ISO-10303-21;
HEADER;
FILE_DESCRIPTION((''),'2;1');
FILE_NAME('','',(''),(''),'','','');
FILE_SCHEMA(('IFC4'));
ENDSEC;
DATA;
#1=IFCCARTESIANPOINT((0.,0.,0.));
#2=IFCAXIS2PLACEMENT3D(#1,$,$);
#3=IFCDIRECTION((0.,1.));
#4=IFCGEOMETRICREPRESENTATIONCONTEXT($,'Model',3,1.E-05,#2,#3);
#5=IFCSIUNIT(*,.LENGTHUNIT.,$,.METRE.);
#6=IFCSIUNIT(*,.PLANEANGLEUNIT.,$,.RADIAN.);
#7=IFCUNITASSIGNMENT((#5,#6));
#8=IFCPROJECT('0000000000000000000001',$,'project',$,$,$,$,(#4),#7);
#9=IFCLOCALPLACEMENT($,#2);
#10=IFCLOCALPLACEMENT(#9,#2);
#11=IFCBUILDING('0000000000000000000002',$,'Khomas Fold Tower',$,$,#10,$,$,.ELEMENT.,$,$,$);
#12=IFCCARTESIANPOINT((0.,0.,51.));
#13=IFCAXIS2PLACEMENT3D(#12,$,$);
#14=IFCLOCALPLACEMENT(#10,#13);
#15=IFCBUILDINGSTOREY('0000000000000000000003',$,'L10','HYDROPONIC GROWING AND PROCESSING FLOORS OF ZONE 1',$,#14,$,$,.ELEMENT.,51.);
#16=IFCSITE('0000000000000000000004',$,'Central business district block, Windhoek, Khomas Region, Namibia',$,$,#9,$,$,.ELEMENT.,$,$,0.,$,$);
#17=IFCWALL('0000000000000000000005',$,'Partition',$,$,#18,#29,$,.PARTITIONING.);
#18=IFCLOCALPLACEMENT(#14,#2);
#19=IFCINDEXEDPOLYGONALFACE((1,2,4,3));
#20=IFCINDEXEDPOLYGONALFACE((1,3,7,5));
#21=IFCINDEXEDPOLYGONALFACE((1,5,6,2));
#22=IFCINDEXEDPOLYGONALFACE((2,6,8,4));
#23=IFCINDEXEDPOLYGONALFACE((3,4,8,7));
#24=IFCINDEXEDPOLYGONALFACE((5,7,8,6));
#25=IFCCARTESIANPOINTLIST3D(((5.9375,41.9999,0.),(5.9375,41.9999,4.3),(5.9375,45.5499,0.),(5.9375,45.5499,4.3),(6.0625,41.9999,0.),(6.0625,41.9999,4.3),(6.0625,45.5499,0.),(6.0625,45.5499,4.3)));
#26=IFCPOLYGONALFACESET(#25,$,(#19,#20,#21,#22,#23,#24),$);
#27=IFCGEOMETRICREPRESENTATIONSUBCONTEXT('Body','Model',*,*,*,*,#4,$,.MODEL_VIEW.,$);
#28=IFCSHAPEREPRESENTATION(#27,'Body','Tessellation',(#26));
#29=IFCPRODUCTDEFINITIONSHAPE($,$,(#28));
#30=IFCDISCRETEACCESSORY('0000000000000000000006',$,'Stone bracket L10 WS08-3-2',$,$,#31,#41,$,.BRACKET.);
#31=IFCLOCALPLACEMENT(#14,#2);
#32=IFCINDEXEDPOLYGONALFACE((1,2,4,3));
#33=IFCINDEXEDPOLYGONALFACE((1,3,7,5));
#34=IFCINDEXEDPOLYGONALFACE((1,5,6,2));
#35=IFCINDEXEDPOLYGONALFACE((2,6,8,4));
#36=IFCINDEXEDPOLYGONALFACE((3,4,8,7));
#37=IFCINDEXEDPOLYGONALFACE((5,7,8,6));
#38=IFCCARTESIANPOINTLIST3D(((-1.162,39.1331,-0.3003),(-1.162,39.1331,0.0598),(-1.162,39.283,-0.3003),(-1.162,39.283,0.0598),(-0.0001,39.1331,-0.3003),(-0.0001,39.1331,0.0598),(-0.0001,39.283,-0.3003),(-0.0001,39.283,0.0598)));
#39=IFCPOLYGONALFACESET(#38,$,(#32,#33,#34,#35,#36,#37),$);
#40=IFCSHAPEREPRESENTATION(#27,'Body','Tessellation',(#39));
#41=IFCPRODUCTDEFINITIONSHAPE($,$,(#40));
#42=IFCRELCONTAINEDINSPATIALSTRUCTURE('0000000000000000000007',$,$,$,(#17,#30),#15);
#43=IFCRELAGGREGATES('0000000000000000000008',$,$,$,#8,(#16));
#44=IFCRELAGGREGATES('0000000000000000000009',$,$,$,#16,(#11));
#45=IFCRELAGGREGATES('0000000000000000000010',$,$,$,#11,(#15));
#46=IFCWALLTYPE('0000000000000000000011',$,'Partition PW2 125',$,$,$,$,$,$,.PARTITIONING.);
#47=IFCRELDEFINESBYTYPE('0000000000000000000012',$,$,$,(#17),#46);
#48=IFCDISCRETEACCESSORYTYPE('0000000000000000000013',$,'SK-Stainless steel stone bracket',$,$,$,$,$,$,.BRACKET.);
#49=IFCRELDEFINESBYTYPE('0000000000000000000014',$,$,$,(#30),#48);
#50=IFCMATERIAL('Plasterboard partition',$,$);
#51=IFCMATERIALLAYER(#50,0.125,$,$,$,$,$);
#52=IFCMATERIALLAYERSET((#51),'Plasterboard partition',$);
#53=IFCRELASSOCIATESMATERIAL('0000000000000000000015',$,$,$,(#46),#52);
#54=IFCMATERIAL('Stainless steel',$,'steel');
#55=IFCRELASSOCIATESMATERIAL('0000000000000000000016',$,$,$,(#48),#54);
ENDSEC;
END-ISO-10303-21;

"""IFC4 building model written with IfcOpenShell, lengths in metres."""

from ifc_helpers import new_model, si_unit, direction, frame, frame_2d, origin, origin_2d, place, context, subcontext, project, spatial, rectangle, extrude, source, transform, mapped, material, layer, layer_set, type_object, element, save


model = new_model("IFC4")

# Units and contexts
model_context = context("Model", 3, precision=1e-05, world=origin(), true_north=direction((0.0, 1.0)))
body_context = subcontext(model_context, "Body", "Model", "MODEL_VIEW")
ifc_project = project(units=[si_unit("LENGTHUNIT", "METRE"), si_unit("PLANEANGLEUNIT", "RADIAN")], contexts=[model_context])

# Site, building, storey
site_placement = place(None, origin())
site = spatial("IfcSite", under=ifc_project, at=site_placement, Name="Central business district block, Windhoek, Khomas Region, Namibia", CompositionType="ELEMENT", RefElevation=0.0)
building_placement = place(site_placement, origin())
building = spatial("IfcBuilding", under=site, at=building_placement, Name="Khomas Fold Tower", CompositionType="ELEMENT")
storey_placement = place(building_placement, frame((0.0, 0.0, 51.0)))
storey = spatial("IfcBuildingStorey", under=building, at=storey_placement, Name="L10", Description="HYDROPONIC GROWING AND PROCESSING FLOORS OF ZONE 1", CompositionType="ELEMENT", Elevation=51.0)

# Wall
ifc_material_1 = material(Name="Plasterboard partition")
ifc_layer_1 = layer(ifc_material_1, 0.125)
ifc_layer_set_1 = layer_set([ifc_layer_1], Name="Plasterboard partition")
wall_type_1 = type_object("IfcWallType", Name="Partition PW2 125", PredefinedType="PARTITIONING", material=ifc_layer_set_1)
shared_shape_1 = source(origin(), body_context, "Body", "SweptSolid", [
    extrude(rectangle(XDim=3.55, YDim=0.125, at=frame_2d((1.7749, 0.0))), origin(), (0.0, 0.0, 1.0), 4.3),
])
wall_1_placement = place(storey_placement, frame((6.0, 42.0, 0.0), z_axis=(0.0, 0.0, 1.0), x_axis=(0.0, 1.0, 0.0)))
element("IfcWall", 1, at=wall_1_placement, inside=storey, type_object=wall_type_1, Name="Partition", PredefinedType="PARTITIONING", context=body_context, shape_type="MappedRepresentation", body=[
    mapped(shared_shape_1, transform((0.0, 0.0, 0.0))),
])

# Discrete accessory
ifc_material_2 = material(Name="Stainless steel", Category="steel")
discrete_accessory_type = type_object("IfcDiscreteAccessoryType", Name="SK-Stainless steel stone bracket", PredefinedType="BRACKET", material=ifc_material_2)
shared_shape_2 = source(origin(), body_context, "Body", "SweptSolid", [
    extrude(rectangle(XDim=1.1619, YDim=0.1499, at=origin_2d()), origin(), (0.0, 0.0, 1.0), 0.3601),
])
discrete_accessory_placement = place(storey_placement, frame((-0.5811, 39.208, -0.3003), z_axis=(0.0, 0.0, 1.0), x_axis=(-1.0, 0.0, 0.0)))
element("IfcDiscreteAccessory", 2, at=discrete_accessory_placement, inside=storey, type_object=discrete_accessory_type, Name="Stone bracket L10 WS08-3-2", PredefinedType="BRACKET", context=body_context, shape_type="MappedRepresentation", body=[
    mapped(shared_shape_2, transform((0.0, 0.0, 0.0))),
])

save(model, "model.ifc")
